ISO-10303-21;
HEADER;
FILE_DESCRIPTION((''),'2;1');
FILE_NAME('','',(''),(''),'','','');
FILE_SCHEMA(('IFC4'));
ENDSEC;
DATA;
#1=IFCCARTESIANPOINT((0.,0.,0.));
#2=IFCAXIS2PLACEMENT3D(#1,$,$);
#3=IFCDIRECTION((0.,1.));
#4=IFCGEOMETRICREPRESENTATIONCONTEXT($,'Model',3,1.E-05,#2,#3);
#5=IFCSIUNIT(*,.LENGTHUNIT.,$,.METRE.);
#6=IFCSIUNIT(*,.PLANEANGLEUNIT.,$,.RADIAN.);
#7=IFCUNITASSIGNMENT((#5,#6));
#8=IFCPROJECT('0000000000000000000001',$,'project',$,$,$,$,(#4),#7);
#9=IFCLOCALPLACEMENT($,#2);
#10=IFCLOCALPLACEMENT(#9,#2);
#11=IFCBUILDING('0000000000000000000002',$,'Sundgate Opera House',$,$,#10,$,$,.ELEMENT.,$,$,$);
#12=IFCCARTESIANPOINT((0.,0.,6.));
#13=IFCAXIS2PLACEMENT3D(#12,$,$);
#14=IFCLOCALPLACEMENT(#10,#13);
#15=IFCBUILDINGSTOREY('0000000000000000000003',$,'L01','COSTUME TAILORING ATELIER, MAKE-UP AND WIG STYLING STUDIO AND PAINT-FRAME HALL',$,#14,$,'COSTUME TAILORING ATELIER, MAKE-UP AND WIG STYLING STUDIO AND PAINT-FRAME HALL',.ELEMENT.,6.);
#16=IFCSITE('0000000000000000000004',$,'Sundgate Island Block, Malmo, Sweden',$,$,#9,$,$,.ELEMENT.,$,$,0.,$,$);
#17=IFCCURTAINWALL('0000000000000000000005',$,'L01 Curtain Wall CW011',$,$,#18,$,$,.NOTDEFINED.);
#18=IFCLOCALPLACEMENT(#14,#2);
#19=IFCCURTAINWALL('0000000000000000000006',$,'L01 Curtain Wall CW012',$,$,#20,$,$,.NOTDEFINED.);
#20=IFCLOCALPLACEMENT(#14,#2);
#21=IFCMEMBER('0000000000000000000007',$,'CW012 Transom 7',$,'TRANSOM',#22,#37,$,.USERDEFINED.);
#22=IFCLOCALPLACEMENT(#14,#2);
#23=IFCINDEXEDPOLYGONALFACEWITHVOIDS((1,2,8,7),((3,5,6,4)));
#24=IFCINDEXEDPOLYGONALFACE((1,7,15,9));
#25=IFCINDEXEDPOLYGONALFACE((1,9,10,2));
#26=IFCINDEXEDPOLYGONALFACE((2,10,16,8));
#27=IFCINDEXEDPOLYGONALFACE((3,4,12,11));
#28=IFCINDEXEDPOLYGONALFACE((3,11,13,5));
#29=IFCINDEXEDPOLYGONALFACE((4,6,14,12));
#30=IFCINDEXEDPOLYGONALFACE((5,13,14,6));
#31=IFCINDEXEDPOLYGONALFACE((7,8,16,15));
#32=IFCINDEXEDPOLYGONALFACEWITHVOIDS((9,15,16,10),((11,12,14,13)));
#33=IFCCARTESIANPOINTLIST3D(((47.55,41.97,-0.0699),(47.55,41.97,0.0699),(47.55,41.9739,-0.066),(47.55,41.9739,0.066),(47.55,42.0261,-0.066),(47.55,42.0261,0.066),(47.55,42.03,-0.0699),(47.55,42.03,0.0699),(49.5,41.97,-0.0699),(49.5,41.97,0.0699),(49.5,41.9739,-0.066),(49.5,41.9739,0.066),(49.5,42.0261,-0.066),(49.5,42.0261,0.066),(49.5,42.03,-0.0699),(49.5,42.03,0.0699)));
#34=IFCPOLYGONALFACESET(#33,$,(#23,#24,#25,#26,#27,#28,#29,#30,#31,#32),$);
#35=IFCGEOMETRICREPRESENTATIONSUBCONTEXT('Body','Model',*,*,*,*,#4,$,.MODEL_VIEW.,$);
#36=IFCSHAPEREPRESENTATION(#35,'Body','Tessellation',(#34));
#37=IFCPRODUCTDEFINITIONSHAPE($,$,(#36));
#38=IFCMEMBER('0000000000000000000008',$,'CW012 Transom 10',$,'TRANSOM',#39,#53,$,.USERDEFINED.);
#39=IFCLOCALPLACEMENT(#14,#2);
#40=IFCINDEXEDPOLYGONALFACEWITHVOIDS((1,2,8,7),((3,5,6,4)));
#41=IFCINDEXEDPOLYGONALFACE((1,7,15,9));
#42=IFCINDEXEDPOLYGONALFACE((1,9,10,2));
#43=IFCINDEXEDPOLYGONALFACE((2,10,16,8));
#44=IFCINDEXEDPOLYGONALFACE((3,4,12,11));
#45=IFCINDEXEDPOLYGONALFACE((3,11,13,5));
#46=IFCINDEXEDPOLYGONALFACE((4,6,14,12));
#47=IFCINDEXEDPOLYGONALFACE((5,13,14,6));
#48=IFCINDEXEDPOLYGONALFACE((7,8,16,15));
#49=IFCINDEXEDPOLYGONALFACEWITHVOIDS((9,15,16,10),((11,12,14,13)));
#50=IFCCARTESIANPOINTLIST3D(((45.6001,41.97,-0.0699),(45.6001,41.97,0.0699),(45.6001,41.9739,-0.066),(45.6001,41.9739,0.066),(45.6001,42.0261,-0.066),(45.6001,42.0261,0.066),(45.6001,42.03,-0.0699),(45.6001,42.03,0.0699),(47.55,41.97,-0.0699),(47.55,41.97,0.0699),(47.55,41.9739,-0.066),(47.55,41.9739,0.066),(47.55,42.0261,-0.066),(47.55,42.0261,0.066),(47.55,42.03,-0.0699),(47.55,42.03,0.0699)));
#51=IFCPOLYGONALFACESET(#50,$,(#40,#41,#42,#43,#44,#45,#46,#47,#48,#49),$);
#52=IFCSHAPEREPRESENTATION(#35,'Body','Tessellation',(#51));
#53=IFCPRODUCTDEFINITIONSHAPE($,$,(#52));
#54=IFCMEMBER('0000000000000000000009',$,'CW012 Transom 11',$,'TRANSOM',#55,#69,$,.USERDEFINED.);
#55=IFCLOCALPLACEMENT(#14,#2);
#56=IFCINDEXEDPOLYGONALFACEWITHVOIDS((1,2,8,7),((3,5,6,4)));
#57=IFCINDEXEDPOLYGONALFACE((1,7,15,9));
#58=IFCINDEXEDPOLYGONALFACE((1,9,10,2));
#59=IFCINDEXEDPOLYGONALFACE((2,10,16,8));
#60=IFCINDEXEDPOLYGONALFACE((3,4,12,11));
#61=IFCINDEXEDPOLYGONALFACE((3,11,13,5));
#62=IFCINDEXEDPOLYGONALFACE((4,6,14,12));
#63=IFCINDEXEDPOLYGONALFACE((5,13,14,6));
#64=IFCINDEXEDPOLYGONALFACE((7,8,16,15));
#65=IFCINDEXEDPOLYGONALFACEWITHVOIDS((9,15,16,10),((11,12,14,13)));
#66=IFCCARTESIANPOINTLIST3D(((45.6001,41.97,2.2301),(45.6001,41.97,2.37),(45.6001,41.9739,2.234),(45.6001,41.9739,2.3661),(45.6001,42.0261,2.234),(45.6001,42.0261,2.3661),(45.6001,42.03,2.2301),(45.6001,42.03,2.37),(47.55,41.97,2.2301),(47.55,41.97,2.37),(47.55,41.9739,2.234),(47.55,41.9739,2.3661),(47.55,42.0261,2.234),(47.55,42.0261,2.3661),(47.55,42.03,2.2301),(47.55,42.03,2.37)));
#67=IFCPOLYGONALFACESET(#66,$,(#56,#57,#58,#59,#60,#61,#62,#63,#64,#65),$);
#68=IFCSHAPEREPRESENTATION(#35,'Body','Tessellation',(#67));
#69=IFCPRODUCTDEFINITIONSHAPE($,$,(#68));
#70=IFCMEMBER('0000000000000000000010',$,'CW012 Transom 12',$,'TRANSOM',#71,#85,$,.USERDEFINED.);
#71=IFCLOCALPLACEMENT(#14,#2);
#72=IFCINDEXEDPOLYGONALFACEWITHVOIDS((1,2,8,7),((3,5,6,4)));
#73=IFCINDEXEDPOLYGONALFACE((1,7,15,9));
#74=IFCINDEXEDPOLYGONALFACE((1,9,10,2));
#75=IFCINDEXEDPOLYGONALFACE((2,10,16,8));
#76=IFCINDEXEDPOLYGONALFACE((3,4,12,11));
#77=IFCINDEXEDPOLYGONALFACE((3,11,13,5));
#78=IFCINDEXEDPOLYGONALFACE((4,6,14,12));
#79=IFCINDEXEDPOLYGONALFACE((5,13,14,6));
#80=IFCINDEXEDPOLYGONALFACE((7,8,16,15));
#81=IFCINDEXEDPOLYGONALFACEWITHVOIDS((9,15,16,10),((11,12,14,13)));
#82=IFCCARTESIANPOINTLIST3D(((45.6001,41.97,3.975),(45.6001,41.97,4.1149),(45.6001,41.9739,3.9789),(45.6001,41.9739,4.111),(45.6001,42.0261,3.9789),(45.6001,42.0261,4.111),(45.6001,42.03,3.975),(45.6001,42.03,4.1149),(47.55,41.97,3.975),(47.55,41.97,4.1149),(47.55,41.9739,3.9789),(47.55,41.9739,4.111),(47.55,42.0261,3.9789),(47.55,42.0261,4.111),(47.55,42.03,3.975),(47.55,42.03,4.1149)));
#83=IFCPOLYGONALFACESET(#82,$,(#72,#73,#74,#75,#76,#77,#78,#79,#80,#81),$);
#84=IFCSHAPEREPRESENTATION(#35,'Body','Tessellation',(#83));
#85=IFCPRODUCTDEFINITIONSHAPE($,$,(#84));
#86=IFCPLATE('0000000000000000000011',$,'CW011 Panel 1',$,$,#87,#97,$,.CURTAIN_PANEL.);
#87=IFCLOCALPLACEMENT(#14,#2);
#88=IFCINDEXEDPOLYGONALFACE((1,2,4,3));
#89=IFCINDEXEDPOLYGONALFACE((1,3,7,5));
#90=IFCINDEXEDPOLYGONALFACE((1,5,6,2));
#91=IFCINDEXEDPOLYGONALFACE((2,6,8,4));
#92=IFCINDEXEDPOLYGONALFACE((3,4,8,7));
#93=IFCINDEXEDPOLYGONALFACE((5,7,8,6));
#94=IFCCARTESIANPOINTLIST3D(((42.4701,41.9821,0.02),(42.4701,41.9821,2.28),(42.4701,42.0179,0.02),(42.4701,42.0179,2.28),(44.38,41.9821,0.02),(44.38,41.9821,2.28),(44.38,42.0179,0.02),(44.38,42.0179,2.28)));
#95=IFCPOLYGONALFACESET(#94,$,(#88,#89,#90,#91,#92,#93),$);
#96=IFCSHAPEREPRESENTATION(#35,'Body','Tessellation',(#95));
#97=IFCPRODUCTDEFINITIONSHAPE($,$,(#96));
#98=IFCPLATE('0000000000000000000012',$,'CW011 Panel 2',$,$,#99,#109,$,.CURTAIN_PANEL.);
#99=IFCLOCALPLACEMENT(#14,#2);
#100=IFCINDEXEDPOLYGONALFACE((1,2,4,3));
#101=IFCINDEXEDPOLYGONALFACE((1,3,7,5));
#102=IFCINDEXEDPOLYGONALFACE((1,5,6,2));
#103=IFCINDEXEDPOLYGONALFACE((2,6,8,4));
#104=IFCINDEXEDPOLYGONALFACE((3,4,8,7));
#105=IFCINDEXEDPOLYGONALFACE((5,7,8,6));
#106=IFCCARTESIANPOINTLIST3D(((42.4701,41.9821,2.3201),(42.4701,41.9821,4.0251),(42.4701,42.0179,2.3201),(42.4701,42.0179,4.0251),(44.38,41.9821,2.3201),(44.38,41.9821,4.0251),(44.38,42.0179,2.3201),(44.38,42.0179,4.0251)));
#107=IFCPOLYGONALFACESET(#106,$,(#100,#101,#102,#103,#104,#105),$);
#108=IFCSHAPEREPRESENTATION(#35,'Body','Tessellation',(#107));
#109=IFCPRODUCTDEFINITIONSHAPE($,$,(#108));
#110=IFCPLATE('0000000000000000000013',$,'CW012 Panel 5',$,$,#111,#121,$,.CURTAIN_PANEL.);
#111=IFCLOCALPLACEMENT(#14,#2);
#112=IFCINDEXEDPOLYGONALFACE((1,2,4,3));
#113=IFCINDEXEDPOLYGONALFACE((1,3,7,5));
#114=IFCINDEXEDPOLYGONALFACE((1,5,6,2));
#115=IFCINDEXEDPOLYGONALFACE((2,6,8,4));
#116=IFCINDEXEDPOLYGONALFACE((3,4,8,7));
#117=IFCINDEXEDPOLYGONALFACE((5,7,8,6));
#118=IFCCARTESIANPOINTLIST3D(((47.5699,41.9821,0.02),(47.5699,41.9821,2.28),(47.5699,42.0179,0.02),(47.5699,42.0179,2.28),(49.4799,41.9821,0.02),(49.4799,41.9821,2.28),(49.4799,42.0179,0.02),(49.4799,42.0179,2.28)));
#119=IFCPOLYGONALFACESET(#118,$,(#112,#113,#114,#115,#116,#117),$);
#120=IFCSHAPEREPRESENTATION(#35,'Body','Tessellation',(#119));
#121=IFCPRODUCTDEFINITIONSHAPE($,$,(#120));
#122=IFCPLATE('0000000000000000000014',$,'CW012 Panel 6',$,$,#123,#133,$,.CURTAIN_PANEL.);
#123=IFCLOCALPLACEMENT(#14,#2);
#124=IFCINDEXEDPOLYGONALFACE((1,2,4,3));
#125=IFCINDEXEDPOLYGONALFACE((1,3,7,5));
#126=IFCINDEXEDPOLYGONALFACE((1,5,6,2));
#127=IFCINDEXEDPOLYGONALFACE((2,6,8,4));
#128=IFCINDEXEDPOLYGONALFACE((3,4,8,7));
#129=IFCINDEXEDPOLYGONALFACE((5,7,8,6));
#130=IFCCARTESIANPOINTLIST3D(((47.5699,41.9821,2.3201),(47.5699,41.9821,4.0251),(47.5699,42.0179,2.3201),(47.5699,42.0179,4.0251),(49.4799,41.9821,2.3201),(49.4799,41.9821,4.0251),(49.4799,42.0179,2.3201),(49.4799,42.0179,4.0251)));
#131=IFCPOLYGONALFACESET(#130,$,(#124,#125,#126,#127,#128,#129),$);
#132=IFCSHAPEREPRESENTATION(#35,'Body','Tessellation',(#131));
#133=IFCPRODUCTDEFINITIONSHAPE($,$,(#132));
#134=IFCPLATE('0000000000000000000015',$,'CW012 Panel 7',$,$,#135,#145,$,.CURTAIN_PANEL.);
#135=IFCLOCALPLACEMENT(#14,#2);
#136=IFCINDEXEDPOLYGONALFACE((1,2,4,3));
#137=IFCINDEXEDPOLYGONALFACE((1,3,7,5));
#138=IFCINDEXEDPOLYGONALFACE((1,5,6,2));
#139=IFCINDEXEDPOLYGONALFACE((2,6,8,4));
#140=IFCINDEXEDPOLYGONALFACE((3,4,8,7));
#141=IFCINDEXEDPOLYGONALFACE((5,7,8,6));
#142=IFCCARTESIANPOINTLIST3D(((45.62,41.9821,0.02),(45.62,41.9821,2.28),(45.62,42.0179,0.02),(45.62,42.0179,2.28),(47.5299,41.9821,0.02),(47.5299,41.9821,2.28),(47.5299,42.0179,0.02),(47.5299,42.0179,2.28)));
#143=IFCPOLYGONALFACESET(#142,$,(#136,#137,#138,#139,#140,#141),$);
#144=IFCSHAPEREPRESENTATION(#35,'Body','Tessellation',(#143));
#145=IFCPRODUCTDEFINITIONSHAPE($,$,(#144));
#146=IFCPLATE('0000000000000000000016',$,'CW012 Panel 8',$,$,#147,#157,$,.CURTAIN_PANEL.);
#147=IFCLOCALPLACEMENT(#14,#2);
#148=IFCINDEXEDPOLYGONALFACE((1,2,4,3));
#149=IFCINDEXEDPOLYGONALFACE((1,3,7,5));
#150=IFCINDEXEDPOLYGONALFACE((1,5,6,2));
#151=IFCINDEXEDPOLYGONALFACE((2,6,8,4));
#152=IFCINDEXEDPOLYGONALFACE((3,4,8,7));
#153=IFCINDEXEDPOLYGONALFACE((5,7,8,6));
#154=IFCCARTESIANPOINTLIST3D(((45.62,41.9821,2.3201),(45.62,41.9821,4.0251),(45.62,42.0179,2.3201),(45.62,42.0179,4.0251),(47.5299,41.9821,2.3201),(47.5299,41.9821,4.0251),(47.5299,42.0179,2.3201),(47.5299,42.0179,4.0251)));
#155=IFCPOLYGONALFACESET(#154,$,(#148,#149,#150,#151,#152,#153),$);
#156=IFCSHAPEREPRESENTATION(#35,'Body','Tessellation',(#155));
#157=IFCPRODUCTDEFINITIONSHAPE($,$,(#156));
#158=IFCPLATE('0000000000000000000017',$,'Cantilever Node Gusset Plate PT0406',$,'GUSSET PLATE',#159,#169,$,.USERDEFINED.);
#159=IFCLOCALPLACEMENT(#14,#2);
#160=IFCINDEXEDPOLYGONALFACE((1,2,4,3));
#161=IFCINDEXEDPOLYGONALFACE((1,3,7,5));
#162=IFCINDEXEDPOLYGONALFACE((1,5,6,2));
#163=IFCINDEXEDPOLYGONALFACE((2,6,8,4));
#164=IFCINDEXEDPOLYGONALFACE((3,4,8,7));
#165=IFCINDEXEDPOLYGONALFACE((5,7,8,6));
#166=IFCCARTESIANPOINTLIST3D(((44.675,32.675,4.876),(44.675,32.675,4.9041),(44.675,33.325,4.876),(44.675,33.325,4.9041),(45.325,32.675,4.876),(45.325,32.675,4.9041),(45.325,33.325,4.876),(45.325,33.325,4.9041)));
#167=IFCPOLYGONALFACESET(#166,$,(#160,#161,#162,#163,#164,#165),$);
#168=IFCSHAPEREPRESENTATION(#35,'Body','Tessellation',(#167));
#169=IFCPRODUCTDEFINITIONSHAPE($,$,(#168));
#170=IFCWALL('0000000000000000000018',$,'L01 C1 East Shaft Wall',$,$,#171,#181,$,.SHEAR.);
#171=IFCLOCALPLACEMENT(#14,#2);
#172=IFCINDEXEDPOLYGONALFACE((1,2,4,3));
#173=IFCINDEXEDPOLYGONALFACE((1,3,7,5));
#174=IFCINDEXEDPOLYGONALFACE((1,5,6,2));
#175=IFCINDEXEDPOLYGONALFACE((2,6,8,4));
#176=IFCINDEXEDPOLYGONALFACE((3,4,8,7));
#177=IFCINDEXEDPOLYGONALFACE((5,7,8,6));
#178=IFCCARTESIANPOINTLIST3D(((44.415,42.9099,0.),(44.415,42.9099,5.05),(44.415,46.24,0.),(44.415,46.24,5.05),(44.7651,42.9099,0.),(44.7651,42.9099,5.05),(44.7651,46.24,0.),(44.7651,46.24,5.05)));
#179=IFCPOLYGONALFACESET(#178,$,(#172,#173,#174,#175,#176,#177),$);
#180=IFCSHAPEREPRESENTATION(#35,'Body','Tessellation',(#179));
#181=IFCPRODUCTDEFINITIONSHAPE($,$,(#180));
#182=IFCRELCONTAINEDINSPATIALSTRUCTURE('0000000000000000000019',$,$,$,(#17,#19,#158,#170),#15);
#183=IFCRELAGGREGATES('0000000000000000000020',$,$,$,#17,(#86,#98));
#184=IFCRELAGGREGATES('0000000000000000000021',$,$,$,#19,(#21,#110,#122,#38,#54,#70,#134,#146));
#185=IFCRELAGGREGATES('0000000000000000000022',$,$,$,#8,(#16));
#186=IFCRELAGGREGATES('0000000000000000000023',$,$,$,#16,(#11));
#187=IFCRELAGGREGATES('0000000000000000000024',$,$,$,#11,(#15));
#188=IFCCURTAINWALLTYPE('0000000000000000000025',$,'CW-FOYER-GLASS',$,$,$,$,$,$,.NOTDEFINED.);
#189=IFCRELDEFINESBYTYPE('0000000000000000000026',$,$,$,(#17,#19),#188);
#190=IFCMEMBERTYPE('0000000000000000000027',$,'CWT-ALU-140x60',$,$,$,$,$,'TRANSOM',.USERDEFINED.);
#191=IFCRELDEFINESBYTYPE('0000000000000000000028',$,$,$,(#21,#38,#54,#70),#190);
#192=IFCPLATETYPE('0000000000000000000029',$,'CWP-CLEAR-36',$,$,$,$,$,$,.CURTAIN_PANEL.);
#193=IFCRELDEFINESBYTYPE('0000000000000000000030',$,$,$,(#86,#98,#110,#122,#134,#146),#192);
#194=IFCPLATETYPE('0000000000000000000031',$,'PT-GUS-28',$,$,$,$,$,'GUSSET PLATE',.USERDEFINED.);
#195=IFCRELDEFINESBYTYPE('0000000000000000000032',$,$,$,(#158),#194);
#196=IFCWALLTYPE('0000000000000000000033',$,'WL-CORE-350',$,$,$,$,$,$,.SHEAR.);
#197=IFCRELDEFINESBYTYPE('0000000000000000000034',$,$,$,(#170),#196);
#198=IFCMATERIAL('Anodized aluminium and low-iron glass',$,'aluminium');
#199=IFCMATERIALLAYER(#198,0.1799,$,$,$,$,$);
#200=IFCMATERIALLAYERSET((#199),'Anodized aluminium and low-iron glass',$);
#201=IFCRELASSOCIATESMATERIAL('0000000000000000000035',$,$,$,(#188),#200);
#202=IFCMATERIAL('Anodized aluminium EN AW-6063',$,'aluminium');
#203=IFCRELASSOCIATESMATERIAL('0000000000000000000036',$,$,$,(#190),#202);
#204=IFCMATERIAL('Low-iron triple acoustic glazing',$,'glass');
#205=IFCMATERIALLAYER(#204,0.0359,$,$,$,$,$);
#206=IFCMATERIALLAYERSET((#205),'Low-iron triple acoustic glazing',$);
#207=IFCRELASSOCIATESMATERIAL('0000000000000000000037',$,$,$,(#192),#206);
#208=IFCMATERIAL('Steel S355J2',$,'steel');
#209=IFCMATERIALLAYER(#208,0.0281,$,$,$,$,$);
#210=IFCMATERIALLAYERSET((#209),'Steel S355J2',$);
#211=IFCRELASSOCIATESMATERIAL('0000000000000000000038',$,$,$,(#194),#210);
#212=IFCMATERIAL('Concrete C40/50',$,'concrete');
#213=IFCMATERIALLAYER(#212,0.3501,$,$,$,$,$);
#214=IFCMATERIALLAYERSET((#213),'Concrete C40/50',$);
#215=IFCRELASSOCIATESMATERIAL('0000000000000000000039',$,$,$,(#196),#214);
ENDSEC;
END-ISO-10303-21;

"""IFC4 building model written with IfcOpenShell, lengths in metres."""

from ifc_helpers import new_model, si_unit, direction, frame, frame_2d, origin, origin_2d, place, context, subcontext, project, spatial, rectangle, hollow_rectangle, extrude, material, layer, layer_set, material_profile, profile_set, type_object, element, aggregate, save


model = new_model("IFC4")

# Units and contexts
model_context = context("Model", 3, precision=1e-05, world=origin(), true_north=direction((0.0, 1.0)))
body_context = subcontext(model_context, "Body", "Model", "MODEL_VIEW")
ifc_project = project(units=[si_unit("LENGTHUNIT", "METRE"), si_unit("PLANEANGLEUNIT", "RADIAN")], contexts=[model_context])

# Site, building, storey
site_placement = place(None, origin())
site = spatial("IfcSite", under=ifc_project, at=site_placement, Name="Sundgate Island Block, Malmo, Sweden", CompositionType="ELEMENT", RefElevation=0.0)
building_placement = place(site_placement, origin())
building = spatial("IfcBuilding", under=site, at=building_placement, Name="Sundgate Opera House", CompositionType="ELEMENT")
storey_placement = place(building_placement, frame((0.0, 0.0, 6.0)))
storey = spatial("IfcBuildingStorey", under=building, at=storey_placement, Name="L01", Description="COSTUME TAILORING ATELIER, MAKE-UP AND WIG STYLING STUDIO AND PAINT-FRAME HALL", LongName="COSTUME TAILORING ATELIER, MAKE-UP AND WIG STYLING STUDIO AND PAINT-FRAME HALL", CompositionType="ELEMENT", Elevation=6.0)

# Curtain wall
ifc_material_1 = material(Name="Anodized aluminium and low-iron glass", Category="aluminium")
ifc_layer_1 = layer(ifc_material_1, 0.1799)
ifc_layer_set_1 = layer_set([ifc_layer_1], Name="Anodized aluminium and low-iron glass")
curtain_wall_type = type_object("IfcCurtainWallType", Name="CW-FOYER-GLASS", PredefinedType="NOTDEFINED", material=ifc_layer_set_1)
curtain_wall_1_placement = place(storey_placement, origin())
curtain_wall_1 = element("IfcCurtainWall", 1, at=curtain_wall_1_placement, inside=storey, type_object=curtain_wall_type, Name="L01 Curtain Wall CW011", PredefinedType="NOTDEFINED")

# Curtain wall
curtain_wall_2_placement = place(storey_placement, origin())
curtain_wall_2 = element("IfcCurtainWall", 2, at=curtain_wall_2_placement, inside=storey, type_object=curtain_wall_type, Name="L01 Curtain Wall CW012", PredefinedType="NOTDEFINED")

# Members
ifc_material_2 = material(Name="Anodized aluminium EN AW-6063", Category="aluminium")
ifc_material_profile_1 = material_profile(ifc_material_2, hollow_rectangle(XDim=0.0601, YDim=0.1399, WallThickness=0.0039, at=origin_2d()), Name="CWT 140x60x4")
ifc_profile_set_1 = profile_set([ifc_material_profile_1], Name="Anodized aluminium EN AW-6063")
member_type_1 = type_object("IfcMemberType", Name="CWT-ALU-140x60", ElementType="TRANSOM", PredefinedType="USERDEFINED", material=ifc_profile_set_1)
member_1_placement = place(storey_placement, frame((49.5, 42.0, 0.0), z_axis=(-1.0, 0.0, 0.0), x_axis=(0.0, -1.0, 0.0)))
member_1 = element("IfcMember", 3, at=member_1_placement, type_object=member_type_1, Name="CW012 Transom 7", ObjectType="TRANSOM", PredefinedType="USERDEFINED", context=body_context, shape_type="SweptSolid", body=[
    extrude(hollow_rectangle(XDim=0.0601, YDim=0.1399, WallThickness=0.0039, at=origin_2d()), origin(), (0.0, 0.0, 1.0), 1.95),
])
member_2_placement = place(storey_placement, frame((47.55, 42.0, 0.0), z_axis=(-1.0, 0.0, 0.0), x_axis=(0.0, -1.0, 0.0)))
member_2 = element("IfcMember", 4, at=member_2_placement, type_object=member_type_1, Name="CW012 Transom 10", ObjectType="TRANSOM", PredefinedType="USERDEFINED", context=body_context, shape_type="SweptSolid", body=[
    extrude(hollow_rectangle(XDim=0.0601, YDim=0.1399, WallThickness=0.0039, at=origin_2d()), origin(), (0.0, 0.0, 1.0), 1.95),
])
member_3_placement = place(storey_placement, frame((47.55, 42.0, 2.3), z_axis=(-1.0, 0.0, 0.0), x_axis=(0.0, -1.0, 0.0)))
member_3 = element("IfcMember", 5, at=member_3_placement, type_object=member_type_1, Name="CW012 Transom 11", ObjectType="TRANSOM", PredefinedType="USERDEFINED", context=body_context, shape_type="SweptSolid", body=[
    extrude(hollow_rectangle(XDim=0.0601, YDim=0.1399, WallThickness=0.0039, at=origin_2d()), origin(), (0.0, 0.0, 1.0), 1.95),
])
member_4_placement = place(storey_placement, frame((47.55, 42.0, 4.0449), z_axis=(-1.0, 0.0, 0.0), x_axis=(0.0, -1.0, 0.0)))
member_4 = element("IfcMember", 6, at=member_4_placement, type_object=member_type_1, Name="CW012 Transom 12", ObjectType="TRANSOM", PredefinedType="USERDEFINED", context=body_context, shape_type="SweptSolid", body=[
    extrude(hollow_rectangle(XDim=0.0601, YDim=0.1399, WallThickness=0.0039, at=origin_2d()), origin(), (0.0, 0.0, 1.0), 1.95),
])

# Plates
ifc_material_3 = material(Name="Low-iron triple acoustic glazing", Category="glass")
ifc_layer_2 = layer(ifc_material_3, 0.0359)
ifc_layer_set_2 = layer_set([ifc_layer_2], Name="Low-iron triple acoustic glazing")
plate_type_1 = type_object("IfcPlateType", Name="CWP-CLEAR-36", PredefinedType="CURTAIN_PANEL", material=ifc_layer_set_2)
plate_1_placement = place(storey_placement, frame((43.425, 42.0, 0.02), z_axis=(0.0, 0.0, 1.0), x_axis=(-1.0, 0.0, 0.0)))
plate_1 = element("IfcPlate", 7, at=plate_1_placement, type_object=plate_type_1, Name="CW011 Panel 1", PredefinedType="CURTAIN_PANEL", context=body_context, shape_type="SweptSolid", body=[
    extrude(rectangle(XDim=1.9099, YDim=0.0359, at=origin_2d()), origin(), (0.0, 0.0, 1.0), 2.26),
])
plate_2_placement = place(storey_placement, frame((43.425, 42.0, 2.3201), z_axis=(0.0, 0.0, 1.0), x_axis=(-1.0, 0.0, 0.0)))
plate_2 = element("IfcPlate", 8, at=plate_2_placement, type_object=plate_type_1, Name="CW011 Panel 2", PredefinedType="CURTAIN_PANEL", context=body_context, shape_type="SweptSolid", body=[
    extrude(rectangle(XDim=1.9099, YDim=0.0359, at=origin_2d()), origin(), (0.0, 0.0, 1.0), 1.7051),
])
aggregate(curtain_wall_1, [plate_1, plate_2])
plate_3_placement = place(storey_placement, frame((48.5249, 42.0, 0.02), z_axis=(0.0, 0.0, 1.0), x_axis=(-1.0, 0.0, 0.0)))
plate_3 = element("IfcPlate", 9, at=plate_3_placement, type_object=plate_type_1, Name="CW012 Panel 5", PredefinedType="CURTAIN_PANEL", context=body_context, shape_type="SweptSolid", body=[
    extrude(rectangle(XDim=1.9099, YDim=0.0359, at=origin_2d()), origin(), (0.0, 0.0, 1.0), 2.26),
])
plate_4_placement = place(storey_placement, frame((48.5249, 42.0, 2.3201), z_axis=(0.0, 0.0, 1.0), x_axis=(-1.0, 0.0, 0.0)))
plate_4 = element("IfcPlate", 10, at=plate_4_placement, type_object=plate_type_1, Name="CW012 Panel 6", PredefinedType="CURTAIN_PANEL", context=body_context, shape_type="SweptSolid", body=[
    extrude(rectangle(XDim=1.9099, YDim=0.0359, at=origin_2d()), origin(), (0.0, 0.0, 1.0), 1.7051),
])
plate_5_placement = place(storey_placement, frame((46.575, 42.0, 0.02), z_axis=(0.0, 0.0, 1.0), x_axis=(-1.0, 0.0, 0.0)))
plate_5 = element("IfcPlate", 11, at=plate_5_placement, type_object=plate_type_1, Name="CW012 Panel 7", PredefinedType="CURTAIN_PANEL", context=body_context, shape_type="SweptSolid", body=[
    extrude(rectangle(XDim=1.9099, YDim=0.0359, at=origin_2d()), origin(), (0.0, 0.0, 1.0), 2.26),
])
plate_6_placement = place(storey_placement, frame((46.575, 42.0, 2.3201), z_axis=(0.0, 0.0, 1.0), x_axis=(-1.0, 0.0, 0.0)))
plate_6 = element("IfcPlate", 12, at=plate_6_placement, type_object=plate_type_1, Name="CW012 Panel 8", PredefinedType="CURTAIN_PANEL", context=body_context, shape_type="SweptSolid", body=[
    extrude(rectangle(XDim=1.9099, YDim=0.0359, at=origin_2d()), origin(), (0.0, 0.0, 1.0), 1.7051),
])
aggregate(curtain_wall_2, [member_1, plate_3, plate_4, member_2, member_3, member_4, plate_5, plate_6])
ifc_material_4 = material(Name="Steel S355J2", Category="steel")
ifc_layer_3 = layer(ifc_material_4, 0.0281)
ifc_layer_set_3 = layer_set([ifc_layer_3], Name="Steel S355J2")
plate_type_2 = type_object("IfcPlateType", Name="PT-GUS-28", ElementType="GUSSET PLATE", PredefinedType="USERDEFINED", material=ifc_layer_set_3)
plate_7_placement = place(storey_placement, frame((45.0, 33.0, 4.876), z_axis=(0.0, 0.0, 1.0), x_axis=(1.0, 0.0, 0.0)))
element("IfcPlate", 13, at=plate_7_placement, inside=storey, type_object=plate_type_2, Name="Cantilever Node Gusset Plate PT0406", ObjectType="GUSSET PLATE", PredefinedType="USERDEFINED", context=body_context, shape_type="SweptSolid", body=[
    extrude(rectangle(XDim=0.6499, YDim=0.6499, at=origin_2d()), origin(), (0.0, 0.0, 1.0), 0.0281),
])

# Wall
ifc_material_5 = material(Name="Concrete C40/50", Category="concrete")
ifc_layer_4 = layer(ifc_material_5, 0.3501)
ifc_layer_set_4 = layer_set([ifc_layer_4], Name="Concrete C40/50")
wall_type = type_object("IfcWallType", Name="WL-CORE-350", PredefinedType="SHEAR", material=ifc_layer_set_4)
wall_placement = place(storey_placement, frame((44.5901, 42.9099, 0.0), z_axis=(0.0, 0.0, 1.0), x_axis=(0.0, 1.0, 0.0)))
element("IfcWall", 14, at=wall_placement, inside=storey, type_object=wall_type, Name="L01 C1 East Shaft Wall", PredefinedType="SHEAR", context=body_context, shape_type="SweptSolid", body=[
    extrude(rectangle(XDim=3.3301, YDim=0.3501, at=frame_2d((1.665, 0.0))), origin(), (0.0, 0.0, 1.0), 5.05),
])

save(model, "model.ifc")
